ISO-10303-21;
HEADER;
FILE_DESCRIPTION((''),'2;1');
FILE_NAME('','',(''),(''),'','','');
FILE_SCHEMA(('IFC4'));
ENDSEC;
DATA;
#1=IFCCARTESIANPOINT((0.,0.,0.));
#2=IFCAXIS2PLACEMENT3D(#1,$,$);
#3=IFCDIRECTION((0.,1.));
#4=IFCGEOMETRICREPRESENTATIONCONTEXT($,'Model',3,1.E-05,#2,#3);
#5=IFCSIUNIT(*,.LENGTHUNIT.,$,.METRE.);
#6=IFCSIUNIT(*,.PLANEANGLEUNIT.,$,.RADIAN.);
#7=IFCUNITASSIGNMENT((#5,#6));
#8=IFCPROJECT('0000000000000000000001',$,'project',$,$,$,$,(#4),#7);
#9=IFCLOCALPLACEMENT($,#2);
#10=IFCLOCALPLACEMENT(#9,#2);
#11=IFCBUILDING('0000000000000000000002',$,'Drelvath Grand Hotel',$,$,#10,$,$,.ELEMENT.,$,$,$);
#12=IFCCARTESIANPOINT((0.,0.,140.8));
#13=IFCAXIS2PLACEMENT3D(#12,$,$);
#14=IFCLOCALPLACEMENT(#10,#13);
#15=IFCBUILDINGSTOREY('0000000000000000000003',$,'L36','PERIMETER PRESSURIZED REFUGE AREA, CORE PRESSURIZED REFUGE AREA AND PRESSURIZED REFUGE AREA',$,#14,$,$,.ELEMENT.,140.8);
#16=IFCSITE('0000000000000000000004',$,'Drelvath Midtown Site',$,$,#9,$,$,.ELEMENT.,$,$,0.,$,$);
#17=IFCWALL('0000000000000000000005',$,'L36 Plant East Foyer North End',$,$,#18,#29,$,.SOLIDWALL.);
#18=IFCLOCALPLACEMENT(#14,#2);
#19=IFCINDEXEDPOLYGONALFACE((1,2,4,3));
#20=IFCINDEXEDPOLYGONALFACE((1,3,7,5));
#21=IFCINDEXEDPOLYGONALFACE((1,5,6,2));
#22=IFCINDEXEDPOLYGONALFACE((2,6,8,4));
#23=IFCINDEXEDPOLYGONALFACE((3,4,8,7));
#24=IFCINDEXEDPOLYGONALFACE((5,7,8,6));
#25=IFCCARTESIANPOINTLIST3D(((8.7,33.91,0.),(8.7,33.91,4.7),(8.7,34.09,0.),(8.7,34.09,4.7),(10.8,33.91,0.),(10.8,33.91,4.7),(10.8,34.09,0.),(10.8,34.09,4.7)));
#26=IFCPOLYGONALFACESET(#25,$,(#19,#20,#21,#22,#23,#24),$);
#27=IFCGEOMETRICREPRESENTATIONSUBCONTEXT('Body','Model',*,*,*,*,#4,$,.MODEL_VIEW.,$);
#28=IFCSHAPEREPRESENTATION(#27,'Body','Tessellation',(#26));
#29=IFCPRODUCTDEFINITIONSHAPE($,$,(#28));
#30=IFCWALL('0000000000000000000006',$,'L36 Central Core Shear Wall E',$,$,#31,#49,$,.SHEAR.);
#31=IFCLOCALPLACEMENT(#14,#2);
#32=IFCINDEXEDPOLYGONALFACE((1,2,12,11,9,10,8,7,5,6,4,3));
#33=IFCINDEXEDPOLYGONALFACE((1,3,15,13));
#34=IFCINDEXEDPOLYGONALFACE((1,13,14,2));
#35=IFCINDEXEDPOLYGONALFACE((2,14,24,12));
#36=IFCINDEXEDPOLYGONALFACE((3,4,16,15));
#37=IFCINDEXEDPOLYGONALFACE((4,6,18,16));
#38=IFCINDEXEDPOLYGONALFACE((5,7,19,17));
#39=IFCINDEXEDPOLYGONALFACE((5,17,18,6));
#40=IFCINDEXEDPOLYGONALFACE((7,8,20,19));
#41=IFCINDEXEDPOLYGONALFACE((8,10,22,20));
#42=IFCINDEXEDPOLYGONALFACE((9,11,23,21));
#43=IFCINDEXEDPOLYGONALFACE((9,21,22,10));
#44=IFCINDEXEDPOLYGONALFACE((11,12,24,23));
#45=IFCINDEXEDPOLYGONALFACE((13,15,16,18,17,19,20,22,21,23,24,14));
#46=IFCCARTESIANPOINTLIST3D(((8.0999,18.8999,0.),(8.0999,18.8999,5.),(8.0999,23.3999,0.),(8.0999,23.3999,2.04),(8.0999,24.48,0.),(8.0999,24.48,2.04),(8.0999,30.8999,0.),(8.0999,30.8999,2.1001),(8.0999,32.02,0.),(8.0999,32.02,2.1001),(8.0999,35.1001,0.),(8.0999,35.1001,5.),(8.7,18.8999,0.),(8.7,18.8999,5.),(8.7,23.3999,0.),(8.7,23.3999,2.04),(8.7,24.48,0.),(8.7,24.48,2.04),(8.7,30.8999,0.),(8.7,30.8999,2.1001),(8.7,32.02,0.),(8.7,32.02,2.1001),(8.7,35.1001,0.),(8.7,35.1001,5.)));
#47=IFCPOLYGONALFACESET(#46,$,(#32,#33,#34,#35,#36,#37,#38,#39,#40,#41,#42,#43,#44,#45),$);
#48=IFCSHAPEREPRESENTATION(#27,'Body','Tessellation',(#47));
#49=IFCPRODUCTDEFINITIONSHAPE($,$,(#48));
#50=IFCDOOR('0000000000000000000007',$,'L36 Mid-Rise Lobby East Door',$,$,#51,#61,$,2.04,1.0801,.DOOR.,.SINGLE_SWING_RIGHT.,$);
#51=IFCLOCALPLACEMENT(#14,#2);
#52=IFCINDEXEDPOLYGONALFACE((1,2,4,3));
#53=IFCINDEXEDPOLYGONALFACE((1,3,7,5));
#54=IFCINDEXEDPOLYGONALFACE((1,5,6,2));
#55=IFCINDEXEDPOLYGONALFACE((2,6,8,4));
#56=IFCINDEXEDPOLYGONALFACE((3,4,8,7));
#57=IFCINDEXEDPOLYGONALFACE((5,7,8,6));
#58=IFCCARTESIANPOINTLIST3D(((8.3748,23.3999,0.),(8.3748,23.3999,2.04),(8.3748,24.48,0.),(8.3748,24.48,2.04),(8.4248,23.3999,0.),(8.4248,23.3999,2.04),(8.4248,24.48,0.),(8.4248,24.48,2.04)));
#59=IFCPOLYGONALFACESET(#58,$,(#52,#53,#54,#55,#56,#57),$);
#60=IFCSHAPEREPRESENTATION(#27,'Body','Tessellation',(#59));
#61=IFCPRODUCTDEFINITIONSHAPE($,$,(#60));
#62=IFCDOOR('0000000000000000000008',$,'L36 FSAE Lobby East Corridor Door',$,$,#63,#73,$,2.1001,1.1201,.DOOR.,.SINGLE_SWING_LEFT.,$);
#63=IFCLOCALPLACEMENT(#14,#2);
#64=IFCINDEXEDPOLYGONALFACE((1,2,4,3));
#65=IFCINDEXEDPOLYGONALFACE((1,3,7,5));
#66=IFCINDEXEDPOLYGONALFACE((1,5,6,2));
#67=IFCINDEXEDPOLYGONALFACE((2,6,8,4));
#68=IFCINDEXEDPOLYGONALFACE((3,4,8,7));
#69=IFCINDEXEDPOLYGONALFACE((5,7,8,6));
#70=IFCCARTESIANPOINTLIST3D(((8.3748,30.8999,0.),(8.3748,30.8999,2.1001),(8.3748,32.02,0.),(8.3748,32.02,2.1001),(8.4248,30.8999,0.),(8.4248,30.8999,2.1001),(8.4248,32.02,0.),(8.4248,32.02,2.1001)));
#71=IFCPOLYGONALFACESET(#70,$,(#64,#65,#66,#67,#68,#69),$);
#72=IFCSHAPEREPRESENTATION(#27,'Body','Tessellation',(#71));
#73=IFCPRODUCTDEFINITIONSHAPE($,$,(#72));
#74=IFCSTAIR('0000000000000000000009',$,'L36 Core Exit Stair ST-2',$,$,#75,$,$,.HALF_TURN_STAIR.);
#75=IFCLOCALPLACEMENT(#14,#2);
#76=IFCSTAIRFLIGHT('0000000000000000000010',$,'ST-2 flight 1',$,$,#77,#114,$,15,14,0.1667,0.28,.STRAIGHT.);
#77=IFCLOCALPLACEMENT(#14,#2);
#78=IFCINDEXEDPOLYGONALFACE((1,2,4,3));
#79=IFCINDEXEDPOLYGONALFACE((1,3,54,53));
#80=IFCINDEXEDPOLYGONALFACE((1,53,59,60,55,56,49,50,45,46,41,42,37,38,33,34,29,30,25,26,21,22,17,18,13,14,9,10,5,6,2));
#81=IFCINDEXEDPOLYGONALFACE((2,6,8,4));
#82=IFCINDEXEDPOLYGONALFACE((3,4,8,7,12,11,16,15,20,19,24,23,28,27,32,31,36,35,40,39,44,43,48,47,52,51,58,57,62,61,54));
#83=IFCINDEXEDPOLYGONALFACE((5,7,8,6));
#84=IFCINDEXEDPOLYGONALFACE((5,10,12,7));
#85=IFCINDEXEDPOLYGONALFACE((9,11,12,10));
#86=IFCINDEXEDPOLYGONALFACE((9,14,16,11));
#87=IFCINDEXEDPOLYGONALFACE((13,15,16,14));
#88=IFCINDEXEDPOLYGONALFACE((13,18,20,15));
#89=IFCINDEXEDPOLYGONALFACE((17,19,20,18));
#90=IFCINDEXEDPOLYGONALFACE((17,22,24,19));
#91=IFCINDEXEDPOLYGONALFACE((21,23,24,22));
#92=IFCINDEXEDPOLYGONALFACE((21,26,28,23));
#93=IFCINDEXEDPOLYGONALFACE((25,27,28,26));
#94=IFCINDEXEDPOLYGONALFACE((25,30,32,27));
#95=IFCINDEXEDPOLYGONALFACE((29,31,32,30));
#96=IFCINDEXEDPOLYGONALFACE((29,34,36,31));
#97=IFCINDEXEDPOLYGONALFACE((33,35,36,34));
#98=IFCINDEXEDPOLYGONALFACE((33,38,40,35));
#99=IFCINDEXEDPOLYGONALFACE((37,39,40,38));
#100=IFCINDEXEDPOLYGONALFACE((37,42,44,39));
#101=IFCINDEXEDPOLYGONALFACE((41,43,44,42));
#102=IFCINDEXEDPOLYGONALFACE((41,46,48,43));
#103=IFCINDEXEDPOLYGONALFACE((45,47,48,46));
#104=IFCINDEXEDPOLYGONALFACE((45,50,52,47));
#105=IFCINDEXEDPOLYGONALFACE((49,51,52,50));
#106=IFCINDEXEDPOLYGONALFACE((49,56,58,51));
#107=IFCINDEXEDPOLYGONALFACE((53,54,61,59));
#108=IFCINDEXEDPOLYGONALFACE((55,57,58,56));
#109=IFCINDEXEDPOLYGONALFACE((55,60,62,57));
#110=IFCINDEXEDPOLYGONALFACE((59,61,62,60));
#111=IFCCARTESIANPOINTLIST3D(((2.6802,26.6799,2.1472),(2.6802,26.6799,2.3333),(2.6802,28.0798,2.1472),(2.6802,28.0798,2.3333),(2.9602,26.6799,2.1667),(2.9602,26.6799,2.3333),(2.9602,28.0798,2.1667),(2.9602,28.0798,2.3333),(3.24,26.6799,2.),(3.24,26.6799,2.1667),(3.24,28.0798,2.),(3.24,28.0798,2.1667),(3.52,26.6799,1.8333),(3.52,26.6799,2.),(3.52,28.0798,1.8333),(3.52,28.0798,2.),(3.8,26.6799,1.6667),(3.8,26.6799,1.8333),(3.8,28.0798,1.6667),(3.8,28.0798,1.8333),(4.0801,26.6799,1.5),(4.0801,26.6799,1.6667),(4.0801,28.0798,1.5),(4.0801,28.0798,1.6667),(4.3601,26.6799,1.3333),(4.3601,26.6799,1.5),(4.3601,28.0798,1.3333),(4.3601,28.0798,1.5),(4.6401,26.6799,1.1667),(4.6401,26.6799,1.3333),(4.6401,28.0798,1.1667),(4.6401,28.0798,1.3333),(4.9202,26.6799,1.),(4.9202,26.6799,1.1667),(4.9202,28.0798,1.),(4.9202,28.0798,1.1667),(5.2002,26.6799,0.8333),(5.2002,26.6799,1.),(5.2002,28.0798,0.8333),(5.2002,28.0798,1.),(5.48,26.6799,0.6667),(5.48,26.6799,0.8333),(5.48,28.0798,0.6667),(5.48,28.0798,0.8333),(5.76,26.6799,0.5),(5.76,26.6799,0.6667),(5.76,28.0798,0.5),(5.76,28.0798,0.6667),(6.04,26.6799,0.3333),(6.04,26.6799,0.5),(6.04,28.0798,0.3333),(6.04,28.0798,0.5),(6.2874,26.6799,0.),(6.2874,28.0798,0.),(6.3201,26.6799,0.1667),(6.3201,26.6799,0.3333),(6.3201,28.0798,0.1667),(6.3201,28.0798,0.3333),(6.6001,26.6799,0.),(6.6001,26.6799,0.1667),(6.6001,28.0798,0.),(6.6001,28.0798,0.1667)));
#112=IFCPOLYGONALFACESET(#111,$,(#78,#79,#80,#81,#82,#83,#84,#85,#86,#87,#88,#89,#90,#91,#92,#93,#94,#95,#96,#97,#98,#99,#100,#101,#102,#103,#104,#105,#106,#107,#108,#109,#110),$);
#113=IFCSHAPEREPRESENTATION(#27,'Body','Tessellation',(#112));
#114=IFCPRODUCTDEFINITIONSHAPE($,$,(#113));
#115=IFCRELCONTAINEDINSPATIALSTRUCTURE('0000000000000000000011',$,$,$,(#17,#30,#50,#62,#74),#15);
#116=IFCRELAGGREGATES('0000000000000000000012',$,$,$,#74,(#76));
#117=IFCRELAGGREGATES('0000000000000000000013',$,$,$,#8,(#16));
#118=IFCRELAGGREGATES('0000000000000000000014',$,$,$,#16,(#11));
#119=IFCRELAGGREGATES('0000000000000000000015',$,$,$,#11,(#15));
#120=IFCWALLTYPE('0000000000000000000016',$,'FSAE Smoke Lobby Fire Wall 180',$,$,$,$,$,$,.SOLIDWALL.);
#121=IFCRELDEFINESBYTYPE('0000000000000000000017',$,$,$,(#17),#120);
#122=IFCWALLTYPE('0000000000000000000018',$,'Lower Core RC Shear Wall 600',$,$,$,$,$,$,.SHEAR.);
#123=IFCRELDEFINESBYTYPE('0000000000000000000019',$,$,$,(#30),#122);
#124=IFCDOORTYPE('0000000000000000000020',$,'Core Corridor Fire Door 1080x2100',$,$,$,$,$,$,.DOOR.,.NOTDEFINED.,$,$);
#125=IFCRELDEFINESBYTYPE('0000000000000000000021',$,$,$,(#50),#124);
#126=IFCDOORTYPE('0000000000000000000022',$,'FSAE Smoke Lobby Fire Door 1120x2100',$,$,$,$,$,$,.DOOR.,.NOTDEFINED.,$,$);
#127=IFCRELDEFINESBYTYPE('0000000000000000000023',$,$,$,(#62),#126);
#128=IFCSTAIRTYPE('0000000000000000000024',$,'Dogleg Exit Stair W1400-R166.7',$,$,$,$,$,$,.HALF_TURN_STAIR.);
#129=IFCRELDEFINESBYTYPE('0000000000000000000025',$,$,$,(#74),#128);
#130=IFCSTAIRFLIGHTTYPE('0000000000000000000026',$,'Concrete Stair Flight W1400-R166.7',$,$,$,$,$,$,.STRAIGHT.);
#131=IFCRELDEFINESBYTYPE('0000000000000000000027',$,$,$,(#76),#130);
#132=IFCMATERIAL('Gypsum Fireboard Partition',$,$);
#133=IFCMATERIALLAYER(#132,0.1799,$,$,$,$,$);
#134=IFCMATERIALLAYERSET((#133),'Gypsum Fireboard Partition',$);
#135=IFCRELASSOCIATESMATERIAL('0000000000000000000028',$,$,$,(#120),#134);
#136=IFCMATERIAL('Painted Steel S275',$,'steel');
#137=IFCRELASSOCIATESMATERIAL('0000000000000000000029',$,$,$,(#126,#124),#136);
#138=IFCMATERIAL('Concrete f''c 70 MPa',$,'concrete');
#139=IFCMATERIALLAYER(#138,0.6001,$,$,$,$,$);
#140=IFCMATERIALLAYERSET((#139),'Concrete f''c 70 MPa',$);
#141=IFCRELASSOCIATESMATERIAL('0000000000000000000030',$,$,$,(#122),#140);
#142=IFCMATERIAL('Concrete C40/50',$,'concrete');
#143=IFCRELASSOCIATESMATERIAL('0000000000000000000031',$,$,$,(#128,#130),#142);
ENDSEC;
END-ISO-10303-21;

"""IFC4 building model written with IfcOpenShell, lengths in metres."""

from ifc_helpers import new_model, si_unit, direction, frame, frame_2d, origin, place, context, subcontext, project, spatial, polyline, rectangle, outline, extrude, material, layer, layer_set, type_object, element, fill, aggregate, save


model = new_model("IFC4")

# Units and contexts
model_context = context("Model", 3, precision=1e-05, world=origin(), true_north=direction((0.0, 1.0)))
body_context = subcontext(model_context, "Body", "Model", "MODEL_VIEW")
ifc_project = project(units=[si_unit("LENGTHUNIT", "METRE"), si_unit("PLANEANGLEUNIT", "RADIAN")], contexts=[model_context])

# Site, building, storey
site_placement = place(None, origin())
site = spatial("IfcSite", under=ifc_project, at=site_placement, Name="Drelvath Midtown Site", CompositionType="ELEMENT", RefElevation=0.0)
building_placement = place(site_placement, origin())
building = spatial("IfcBuilding", under=site, at=building_placement, Name="Drelvath Grand Hotel", CompositionType="ELEMENT")
storey_placement = place(building_placement, frame((0.0, 0.0, 140.8)))
storey = spatial("IfcBuildingStorey", under=building, at=storey_placement, Name="L36", Description="PERIMETER PRESSURIZED REFUGE AREA, CORE PRESSURIZED REFUGE AREA AND PRESSURIZED REFUGE AREA", CompositionType="ELEMENT", Elevation=140.8)

# Shared definitions
ifc_material_1 = material(Name="Concrete f'c 70 MPa", Category="concrete")

# Shared definitions
ifc_material_2 = material(Name="Concrete C40/50", Category="concrete")

# Shared definitions
ifc_material_3 = material(Name="Painted Steel S275", Category="steel")

# Shared definitions
ifc_material_4 = material(Name="Gypsum Fireboard Partition")

# Shared definitions
ifc_layer_1 = layer(ifc_material_4, 0.1799)
ifc_layer_set_1 = layer_set([ifc_layer_1], Name="Gypsum Fireboard Partition")
wall_type_1 = type_object("IfcWallType", Name="FSAE Smoke Lobby Fire Wall 180", PredefinedType="SOLIDWALL", material=ifc_layer_set_1)
door_type_1 = type_object("IfcDoorType", Name="FSAE Smoke Lobby Fire Door 1120x2100", OperationType="NOTDEFINED", PredefinedType="DOOR", material=ifc_material_3)

# Wall
wall_1_placement = place(storey_placement, frame((8.7, 34.0, 0.0), z_axis=(0.0, 0.0, 1.0), x_axis=(1.0, 0.0, 0.0)))
element("IfcWall", 1, at=wall_1_placement, inside=storey, type_object=wall_type_1, Name="L36 Plant East Foyer North End", PredefinedType="SOLIDWALL", context=body_context, shape_type="SweptSolid", body=[
    extrude(rectangle(XDim=2.1001, YDim=0.1799, at=frame_2d((1.05, 0.0))), origin(), (0.0, 0.0, 1.0), 4.7),
])

# Wall, openings, doors
ifc_layer_2 = layer(ifc_material_1, 0.6001)
ifc_layer_set_2 = layer_set([ifc_layer_2], Name="Concrete f'c 70 MPa")
wall_type_2 = type_object("IfcWallType", Name="Lower Core RC Shear Wall 600", PredefinedType="SHEAR", material=ifc_layer_set_2)
wall_2_placement = place(storey_placement, frame((8.3999, 35.1001, 0.0), z_axis=(0.0, 0.0, 1.0), x_axis=(0.0, -1.0, 0.0)))
wall_2 = element("IfcWall", 2, at=wall_2_placement, inside=storey, type_object=wall_type_2, Name="L36 Central Core Shear Wall E", PredefinedType="SHEAR", context=body_context, shape_type="SweptSolid", body=[
    extrude(rectangle(XDim=16.2002, YDim=0.6001, at=frame_2d((8.1001, 0.0))), origin(), (0.0, 0.0, 1.0), 5.0),
])
opening_1_placement = place(wall_2_placement, frame((3.0801, 0.0, 0.0)))
opening_1 = element("IfcOpeningElement", 3, at=opening_1_placement, cuts=wall_2, PredefinedType="OPENING", context=body_context, shape_type="SweptSolid", body=[
    extrude(rectangle(XDim=1.1201, YDim=2.1001, at=frame_2d((0.5601, 1.05))), frame((0.0, 0.3101, 0.0), z_axis=(0.0, -1.0, 0.0), x_axis=(1.0, 0.0, 0.0)), (0.0, 0.0, 1.0), 0.6201),
])
opening_2_placement = place(wall_2_placement, frame((10.6201, 0.0, 0.0)))
opening_2 = element("IfcOpeningElement", 4, at=opening_2_placement, cuts=wall_2, PredefinedType="OPENING", context=body_context, shape_type="SweptSolid", body=[
    extrude(rectangle(XDim=1.0801, YDim=2.04, at=frame_2d((0.54, 1.02))), frame((0.0, 0.3101, 0.0), z_axis=(0.0, -1.0, 0.0), x_axis=(1.0, 0.0, 0.0)), (0.0, 0.0, 1.0), 0.6201),
])
door_type_2 = type_object("IfcDoorType", Name="Core Corridor Fire Door 1080x2100", OperationType="NOTDEFINED", PredefinedType="DOOR", material=ifc_material_3)
door_1_placement = place(opening_2_placement, origin())
door_1 = element("IfcDoor", 5, at=door_1_placement, inside=storey, type_object=door_type_2, Name="L36 Mid-Rise Lobby East Door", OperationType="SINGLE_SWING_RIGHT", OverallHeight=2.04, OverallWidth=1.0801, PredefinedType="DOOR", context=body_context, shape_type="SweptSolid", body=[
    extrude(rectangle(XDim=1.0801, YDim=2.04, at=frame_2d((0.54, 1.02))), frame((0.0, 0.0249, 0.0), z_axis=(0.0, -1.0, 0.0), x_axis=(1.0, 0.0, 0.0)), (0.0, 0.0, 1.0), 0.05),
])
fill(opening_2, door_1)
door_2_placement = place(opening_1_placement, origin())
door_2 = element("IfcDoor", 6, at=door_2_placement, inside=storey, type_object=door_type_1, Name="L36 FSAE Lobby East Corridor Door", OperationType="SINGLE_SWING_LEFT", OverallHeight=2.1001, OverallWidth=1.1201, PredefinedType="DOOR", context=body_context, shape_type="SweptSolid", body=[
    extrude(rectangle(XDim=1.1201, YDim=2.1001, at=frame_2d((0.5601, 1.05))), frame((0.0, 0.0249, 0.0), z_axis=(0.0, -1.0, 0.0), x_axis=(1.0, 0.0, 0.0)), (0.0, 0.0, 1.0), 0.05),
])
fill(opening_1, door_2)

# Stair, stair flight
stair_type = type_object("IfcStairType", Name="Dogleg Exit Stair W1400-R166.7", PredefinedType="HALF_TURN_STAIR", material=ifc_material_2)
stair_placement = place(storey_placement, origin())
stair = element("IfcStair", 7, at=stair_placement, inside=storey, type_object=stair_type, Name="L36 Core Exit Stair ST-2", PredefinedType="HALF_TURN_STAIR")
stair_flight_type = type_object("IfcStairFlightType", Name="Concrete Stair Flight W1400-R166.7", PredefinedType="STRAIGHT", material=ifc_material_2)
stair_flight_placement = place(storey_placement, frame((6.6001, 27.3799, 0.0), z_axis=(0.0, 0.0, 1.0), x_axis=(-1.0, 0.0, 0.0)))
stair_flight = element("IfcStairFlight", 8, at=stair_flight_placement, type_object=stair_flight_type, Name="ST-2 flight 1", NumberOfRisers=15, NumberOfTreads=14, PredefinedType="STRAIGHT", RiserHeight=0.1667, TreadLength=0.28, context=body_context, shape_type="SweptSolid", body=[
    extrude(outline(polyline([(0.0, 0.0), (0.0, 0.1667), (0.28, 0.1667), (0.28, 0.3333), (0.5601, 0.3333), (0.5601, 0.5), (0.8401, 0.5), (0.8401, 0.6667), (1.1201, 0.6667), (1.1201, 0.8333), (1.3999, 0.8333), (1.3999, 1.0), (1.6799, 1.0), (1.6799, 1.1667), (1.96, 1.1667), (1.96, 1.3333), (2.24, 1.3333), (2.24, 1.5), (2.52, 1.5), (2.52, 1.6667), (2.8, 1.6667), (2.8, 1.8333), (3.0801, 1.8333), (3.0801, 2.0), (3.3601, 2.0), (3.3601, 2.1667), (3.6399, 2.1667), (3.6399, 2.3333), (3.9199, 2.3333), (3.9199, 2.5), (3.9199, 2.1472), (0.3127, 0.0), (0.0, 0.0)])), frame((0.0, 0.7, 0.0), z_axis=(0.0, -1.0, 0.0), x_axis=(1.0, 0.0, 0.0)), (0.0, 0.0, 1.0), 1.3999),
])
aggregate(stair, [stair_flight])

save(model, "model.ifc")
